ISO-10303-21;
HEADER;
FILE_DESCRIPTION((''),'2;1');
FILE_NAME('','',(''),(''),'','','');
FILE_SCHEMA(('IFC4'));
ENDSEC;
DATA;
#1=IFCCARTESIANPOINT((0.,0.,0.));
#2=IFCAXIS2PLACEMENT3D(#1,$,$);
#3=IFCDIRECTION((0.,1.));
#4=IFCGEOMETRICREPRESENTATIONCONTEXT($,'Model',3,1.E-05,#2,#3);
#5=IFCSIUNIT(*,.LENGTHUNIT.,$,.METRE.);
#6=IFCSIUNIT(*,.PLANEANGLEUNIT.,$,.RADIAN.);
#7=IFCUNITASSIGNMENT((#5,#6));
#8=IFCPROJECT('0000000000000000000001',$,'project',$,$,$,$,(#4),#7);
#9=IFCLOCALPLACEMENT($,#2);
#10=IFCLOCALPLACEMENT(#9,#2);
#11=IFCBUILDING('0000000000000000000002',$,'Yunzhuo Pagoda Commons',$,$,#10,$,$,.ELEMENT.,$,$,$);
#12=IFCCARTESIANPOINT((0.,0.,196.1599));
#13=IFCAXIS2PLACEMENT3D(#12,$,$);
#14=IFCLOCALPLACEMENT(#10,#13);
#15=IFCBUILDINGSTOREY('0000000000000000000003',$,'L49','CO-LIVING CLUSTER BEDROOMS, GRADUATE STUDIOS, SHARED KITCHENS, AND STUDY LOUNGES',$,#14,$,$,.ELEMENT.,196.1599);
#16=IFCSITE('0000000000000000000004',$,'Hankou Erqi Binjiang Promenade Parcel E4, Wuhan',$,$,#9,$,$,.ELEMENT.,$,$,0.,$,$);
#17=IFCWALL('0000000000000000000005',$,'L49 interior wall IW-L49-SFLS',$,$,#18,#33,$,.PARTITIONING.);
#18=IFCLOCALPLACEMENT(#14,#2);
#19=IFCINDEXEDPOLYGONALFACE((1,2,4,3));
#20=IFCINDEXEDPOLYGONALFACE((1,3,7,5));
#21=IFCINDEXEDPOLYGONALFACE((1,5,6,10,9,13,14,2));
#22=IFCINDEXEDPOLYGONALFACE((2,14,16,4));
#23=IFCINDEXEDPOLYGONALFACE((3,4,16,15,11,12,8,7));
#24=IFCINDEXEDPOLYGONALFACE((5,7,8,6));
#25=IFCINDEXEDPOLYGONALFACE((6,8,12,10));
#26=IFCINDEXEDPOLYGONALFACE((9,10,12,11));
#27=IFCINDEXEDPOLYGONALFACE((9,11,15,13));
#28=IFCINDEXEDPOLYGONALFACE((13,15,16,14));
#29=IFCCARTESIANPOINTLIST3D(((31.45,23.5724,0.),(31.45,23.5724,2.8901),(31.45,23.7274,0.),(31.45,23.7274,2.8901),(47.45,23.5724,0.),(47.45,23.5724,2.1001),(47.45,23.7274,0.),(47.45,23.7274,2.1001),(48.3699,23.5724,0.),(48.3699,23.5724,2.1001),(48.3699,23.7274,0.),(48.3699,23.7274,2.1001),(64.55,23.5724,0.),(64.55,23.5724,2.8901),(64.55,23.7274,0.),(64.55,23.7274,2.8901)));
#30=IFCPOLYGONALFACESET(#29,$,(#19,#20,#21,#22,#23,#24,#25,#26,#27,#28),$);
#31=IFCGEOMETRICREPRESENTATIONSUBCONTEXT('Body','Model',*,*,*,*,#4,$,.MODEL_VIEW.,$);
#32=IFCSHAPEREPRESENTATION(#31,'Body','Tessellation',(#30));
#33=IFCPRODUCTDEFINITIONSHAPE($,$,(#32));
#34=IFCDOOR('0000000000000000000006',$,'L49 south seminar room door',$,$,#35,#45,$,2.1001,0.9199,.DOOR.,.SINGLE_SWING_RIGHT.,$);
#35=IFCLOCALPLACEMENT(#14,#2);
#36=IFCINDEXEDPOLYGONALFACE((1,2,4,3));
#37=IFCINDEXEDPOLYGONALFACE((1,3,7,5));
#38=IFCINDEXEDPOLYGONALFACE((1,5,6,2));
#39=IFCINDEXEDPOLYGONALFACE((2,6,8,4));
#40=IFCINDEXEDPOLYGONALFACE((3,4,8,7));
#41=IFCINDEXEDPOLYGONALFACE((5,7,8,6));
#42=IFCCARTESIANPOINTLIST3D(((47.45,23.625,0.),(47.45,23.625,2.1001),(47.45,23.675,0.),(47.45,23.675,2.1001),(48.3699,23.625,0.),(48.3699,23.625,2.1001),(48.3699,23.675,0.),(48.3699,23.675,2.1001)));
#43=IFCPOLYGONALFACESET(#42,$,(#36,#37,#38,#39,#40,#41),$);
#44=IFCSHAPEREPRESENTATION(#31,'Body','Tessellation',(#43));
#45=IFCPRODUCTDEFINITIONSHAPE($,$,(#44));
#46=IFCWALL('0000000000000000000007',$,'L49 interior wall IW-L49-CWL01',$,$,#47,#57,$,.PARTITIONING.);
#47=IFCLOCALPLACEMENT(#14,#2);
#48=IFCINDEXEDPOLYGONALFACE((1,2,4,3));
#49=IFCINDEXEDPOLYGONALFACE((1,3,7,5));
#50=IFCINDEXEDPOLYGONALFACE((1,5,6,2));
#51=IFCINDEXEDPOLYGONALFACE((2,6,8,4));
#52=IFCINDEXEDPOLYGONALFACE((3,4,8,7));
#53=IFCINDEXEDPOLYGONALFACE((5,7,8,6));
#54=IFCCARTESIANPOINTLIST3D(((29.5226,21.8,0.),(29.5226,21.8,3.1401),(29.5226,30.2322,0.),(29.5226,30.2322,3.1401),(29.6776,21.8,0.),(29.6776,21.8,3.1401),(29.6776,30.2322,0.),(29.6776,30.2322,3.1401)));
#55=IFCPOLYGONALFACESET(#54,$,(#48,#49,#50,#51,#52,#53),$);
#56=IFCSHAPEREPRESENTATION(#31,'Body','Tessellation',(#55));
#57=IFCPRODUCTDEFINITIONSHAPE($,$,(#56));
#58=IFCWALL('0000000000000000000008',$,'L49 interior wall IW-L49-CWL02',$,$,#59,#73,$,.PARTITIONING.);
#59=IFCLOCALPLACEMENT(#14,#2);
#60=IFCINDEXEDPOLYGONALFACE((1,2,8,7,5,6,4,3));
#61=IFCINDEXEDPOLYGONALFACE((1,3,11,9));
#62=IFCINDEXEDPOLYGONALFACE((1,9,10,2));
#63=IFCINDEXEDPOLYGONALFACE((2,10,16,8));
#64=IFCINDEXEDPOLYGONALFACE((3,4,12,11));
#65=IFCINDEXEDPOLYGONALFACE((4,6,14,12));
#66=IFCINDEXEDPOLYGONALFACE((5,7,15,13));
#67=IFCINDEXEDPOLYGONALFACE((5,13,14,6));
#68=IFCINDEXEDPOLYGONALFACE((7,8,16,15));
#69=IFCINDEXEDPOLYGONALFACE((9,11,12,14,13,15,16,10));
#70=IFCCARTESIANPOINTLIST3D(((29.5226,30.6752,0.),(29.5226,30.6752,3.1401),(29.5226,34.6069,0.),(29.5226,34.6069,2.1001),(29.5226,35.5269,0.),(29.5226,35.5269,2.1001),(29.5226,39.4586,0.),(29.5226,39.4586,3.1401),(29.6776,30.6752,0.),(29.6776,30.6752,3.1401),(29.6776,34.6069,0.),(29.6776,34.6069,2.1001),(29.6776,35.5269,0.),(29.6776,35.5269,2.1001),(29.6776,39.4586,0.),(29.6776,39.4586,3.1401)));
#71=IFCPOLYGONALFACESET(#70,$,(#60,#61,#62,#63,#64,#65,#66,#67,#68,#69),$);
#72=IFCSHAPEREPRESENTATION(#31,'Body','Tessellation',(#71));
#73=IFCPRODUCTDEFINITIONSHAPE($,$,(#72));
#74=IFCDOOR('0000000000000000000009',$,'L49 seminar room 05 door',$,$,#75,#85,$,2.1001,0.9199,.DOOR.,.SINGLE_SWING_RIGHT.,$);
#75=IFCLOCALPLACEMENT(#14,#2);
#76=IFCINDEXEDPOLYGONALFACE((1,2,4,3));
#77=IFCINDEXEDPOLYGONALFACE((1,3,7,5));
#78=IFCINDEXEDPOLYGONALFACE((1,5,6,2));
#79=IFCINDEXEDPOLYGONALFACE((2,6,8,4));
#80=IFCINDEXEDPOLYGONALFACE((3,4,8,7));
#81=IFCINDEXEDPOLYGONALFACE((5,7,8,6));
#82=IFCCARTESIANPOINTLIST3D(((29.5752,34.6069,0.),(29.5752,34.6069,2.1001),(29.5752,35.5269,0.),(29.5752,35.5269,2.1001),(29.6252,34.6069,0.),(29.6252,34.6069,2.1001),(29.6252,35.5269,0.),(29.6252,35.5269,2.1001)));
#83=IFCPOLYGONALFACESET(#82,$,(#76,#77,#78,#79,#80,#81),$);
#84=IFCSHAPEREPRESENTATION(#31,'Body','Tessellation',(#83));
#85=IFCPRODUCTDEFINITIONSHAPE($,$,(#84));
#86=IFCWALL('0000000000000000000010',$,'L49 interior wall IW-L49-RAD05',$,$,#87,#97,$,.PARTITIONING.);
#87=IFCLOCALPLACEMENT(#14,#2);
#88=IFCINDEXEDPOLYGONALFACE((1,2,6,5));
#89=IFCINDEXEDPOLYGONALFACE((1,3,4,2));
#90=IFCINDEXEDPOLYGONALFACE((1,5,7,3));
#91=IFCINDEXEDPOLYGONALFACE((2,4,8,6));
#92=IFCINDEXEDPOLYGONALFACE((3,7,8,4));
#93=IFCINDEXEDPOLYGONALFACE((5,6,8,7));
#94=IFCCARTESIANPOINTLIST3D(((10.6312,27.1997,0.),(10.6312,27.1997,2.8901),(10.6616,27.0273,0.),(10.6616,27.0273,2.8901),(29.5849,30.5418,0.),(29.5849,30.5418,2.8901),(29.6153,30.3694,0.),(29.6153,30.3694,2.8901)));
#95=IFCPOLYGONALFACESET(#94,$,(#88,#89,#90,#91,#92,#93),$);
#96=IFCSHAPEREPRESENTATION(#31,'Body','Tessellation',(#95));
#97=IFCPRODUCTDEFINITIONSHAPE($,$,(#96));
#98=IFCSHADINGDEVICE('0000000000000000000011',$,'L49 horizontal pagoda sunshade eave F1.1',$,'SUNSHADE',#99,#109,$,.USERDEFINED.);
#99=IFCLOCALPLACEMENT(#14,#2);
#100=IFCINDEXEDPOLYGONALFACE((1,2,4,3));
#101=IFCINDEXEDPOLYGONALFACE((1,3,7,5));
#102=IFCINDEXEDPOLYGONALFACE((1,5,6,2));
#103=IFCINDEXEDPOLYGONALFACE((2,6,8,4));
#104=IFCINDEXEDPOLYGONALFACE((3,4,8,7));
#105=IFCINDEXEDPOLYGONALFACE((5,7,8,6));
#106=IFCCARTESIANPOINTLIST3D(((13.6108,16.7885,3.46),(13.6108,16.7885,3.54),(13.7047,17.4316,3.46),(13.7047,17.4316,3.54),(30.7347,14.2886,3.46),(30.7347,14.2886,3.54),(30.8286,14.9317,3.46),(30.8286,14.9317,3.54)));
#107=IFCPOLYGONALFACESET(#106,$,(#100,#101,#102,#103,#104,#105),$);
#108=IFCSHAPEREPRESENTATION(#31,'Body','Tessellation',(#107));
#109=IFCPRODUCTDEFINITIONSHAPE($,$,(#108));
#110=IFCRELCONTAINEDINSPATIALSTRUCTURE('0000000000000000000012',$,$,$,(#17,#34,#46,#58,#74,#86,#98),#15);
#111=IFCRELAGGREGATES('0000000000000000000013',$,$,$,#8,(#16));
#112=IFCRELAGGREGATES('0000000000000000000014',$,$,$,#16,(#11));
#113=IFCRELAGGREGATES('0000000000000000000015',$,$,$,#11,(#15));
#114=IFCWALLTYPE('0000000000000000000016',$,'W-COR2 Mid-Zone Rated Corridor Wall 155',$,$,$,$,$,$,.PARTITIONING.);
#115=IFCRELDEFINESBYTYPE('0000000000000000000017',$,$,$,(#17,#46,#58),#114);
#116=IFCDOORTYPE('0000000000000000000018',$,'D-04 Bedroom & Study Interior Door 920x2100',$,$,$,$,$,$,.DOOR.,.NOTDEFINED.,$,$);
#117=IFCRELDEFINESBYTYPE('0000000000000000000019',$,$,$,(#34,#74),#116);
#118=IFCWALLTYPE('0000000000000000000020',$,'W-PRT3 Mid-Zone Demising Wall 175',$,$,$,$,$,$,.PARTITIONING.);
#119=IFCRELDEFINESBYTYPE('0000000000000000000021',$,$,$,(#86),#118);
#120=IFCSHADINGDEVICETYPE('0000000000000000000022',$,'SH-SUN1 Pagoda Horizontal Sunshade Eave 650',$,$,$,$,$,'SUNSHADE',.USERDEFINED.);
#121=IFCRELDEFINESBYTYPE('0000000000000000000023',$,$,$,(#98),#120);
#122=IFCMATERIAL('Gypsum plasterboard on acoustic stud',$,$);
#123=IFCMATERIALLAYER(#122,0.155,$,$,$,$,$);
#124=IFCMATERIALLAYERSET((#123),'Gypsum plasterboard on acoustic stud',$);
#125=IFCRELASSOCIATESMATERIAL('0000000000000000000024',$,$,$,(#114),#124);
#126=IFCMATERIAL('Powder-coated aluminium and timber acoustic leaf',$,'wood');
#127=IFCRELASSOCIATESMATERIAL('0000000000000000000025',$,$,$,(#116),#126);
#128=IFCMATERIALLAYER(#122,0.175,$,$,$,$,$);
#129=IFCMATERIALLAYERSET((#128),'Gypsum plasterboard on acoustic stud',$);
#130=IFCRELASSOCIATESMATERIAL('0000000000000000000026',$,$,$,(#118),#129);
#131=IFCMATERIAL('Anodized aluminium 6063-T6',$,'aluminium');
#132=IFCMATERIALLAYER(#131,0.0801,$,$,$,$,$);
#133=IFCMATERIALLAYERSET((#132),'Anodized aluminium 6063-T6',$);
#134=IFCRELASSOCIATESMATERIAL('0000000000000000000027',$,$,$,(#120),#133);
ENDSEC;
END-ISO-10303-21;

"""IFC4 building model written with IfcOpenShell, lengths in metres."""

from ifc_helpers import new_model, si_unit, direction, frame, frame_2d, origin, origin_with_axes, origin_2d, place, context, subcontext, project, spatial, rectangle, extrude, source, transform, mapped, material, layer, layer_set, type_object, element, fill, save


model = new_model("IFC4")

# Units and contexts
model_context = context("Model", 3, precision=1e-05, world=origin(), true_north=direction((0.0, 1.0)))
body_context = subcontext(model_context, "Body", "Model", "MODEL_VIEW")
ifc_project = project(units=[si_unit("LENGTHUNIT", "METRE"), si_unit("PLANEANGLEUNIT", "RADIAN")], contexts=[model_context])

# Site, building, storey
site_placement = place(None, origin())
site = spatial("IfcSite", under=ifc_project, at=site_placement, Name="Hankou Erqi Binjiang Promenade Parcel E4, Wuhan", CompositionType="ELEMENT", RefElevation=0.0)
building_placement = place(site_placement, origin())
building = spatial("IfcBuilding", under=site, at=building_placement, Name="Yunzhuo Pagoda Commons", CompositionType="ELEMENT")
storey_placement = place(building_placement, frame((0.0, 0.0, 196.1599)))
storey = spatial("IfcBuildingStorey", under=building, at=storey_placement, Name="L49", Description="CO-LIVING CLUSTER BEDROOMS, GRADUATE STUDIOS, SHARED KITCHENS, AND STUDY LOUNGES", CompositionType="ELEMENT", Elevation=196.1599)

# Shared definitions
ifc_material_1 = material(Name="Anodized aluminium 6063-T6", Category="aluminium")

# Wall, opening, door
ifc_material_2 = material(Name="Gypsum plasterboard on acoustic stud")
ifc_layer_1 = layer(ifc_material_2, 0.155)
ifc_layer_set_1 = layer_set([ifc_layer_1], Name="Gypsum plasterboard on acoustic stud")
wall_type_1 = type_object("IfcWallType", Name="W-COR2 Mid-Zone Rated Corridor Wall 155", PredefinedType="PARTITIONING", material=ifc_layer_set_1)
ifc_material_3 = material(Name="Powder-coated aluminium and timber acoustic leaf", Category="wood")
wall_1_placement = place(storey_placement, frame((31.45, 23.6499, 0.0), z_axis=(0.0, 0.0, 1.0), x_axis=(1.0, 0.0, 0.0)))
wall_1 = element("IfcWall", 1, at=wall_1_placement, inside=storey, type_object=wall_type_1, Name="L49 interior wall IW-L49-SFLS", PredefinedType="PARTITIONING", context=body_context, shape_type="SweptSolid", body=[
    extrude(rectangle(XDim=33.1001, YDim=0.155, at=frame_2d((16.55, 0.0))), origin(), (0.0, 0.0, 1.0), 2.8901),
])
opening_1_placement = place(wall_1_placement, frame((16.0, 0.0, 0.0)))
opening_1 = element("IfcOpeningElement", 2, at=opening_1_placement, cuts=wall_1, PredefinedType="OPENING", context=body_context, shape_type="SweptSolid", body=[
    extrude(rectangle(XDim=0.9199, YDim=2.1001, at=frame_2d((0.46, 1.05))), frame((0.0, 0.0874, 0.0), z_axis=(0.0, -1.0, 0.0), x_axis=(1.0, 0.0, 0.0)), (0.0, 0.0, 1.0), 0.175),
])
door_type_1 = type_object("IfcDoorType", Name="D-04 Bedroom & Study Interior Door 920x2100", OperationType="NOTDEFINED", PredefinedType="DOOR", material=ifc_material_3)
shared_shape_1 = source(origin(), body_context, "Body", "SweptSolid", [
    extrude(rectangle(XDim=0.9199, YDim=2.1001, at=frame_2d((0.46, 1.05))), frame((0.0, 0.0249, 0.0), z_axis=(0.0, -1.0, 0.0), x_axis=(1.0, 0.0, 0.0)), (0.0, 0.0, 1.0), 0.05),
])
door_1_placement = place(opening_1_placement, frame((0.9199, 0.0, 0.0), z_axis=(0.0, 0.0, 1.0), x_axis=(-1.0, 0.0, 0.0)))
door_1 = element("IfcDoor", 3, at=door_1_placement, inside=storey, type_object=door_type_1, Name="L49 south seminar room door", OperationType="SINGLE_SWING_RIGHT", OverallHeight=2.1001, OverallWidth=0.9199, PredefinedType="DOOR", context=body_context, shape_type="MappedRepresentation", body=[
    mapped(shared_shape_1, transform((0.0, 0.0, 0.0), scale=1.0)),
])
fill(opening_1, door_1)

# Wall
wall_2_placement = place(storey_placement, frame((29.6001, 21.8, 0.0), z_axis=(0.0, 0.0, 1.0), x_axis=(0.0, 1.0, 0.0)))
element("IfcWall", 4, at=wall_2_placement, inside=storey, type_object=wall_type_1, Name="L49 interior wall IW-L49-CWL01", PredefinedType="PARTITIONING", context=body_context, shape_type="SweptSolid", body=[
    extrude(rectangle(XDim=8.4321, YDim=0.155, at=frame_2d((4.2161, 0.0))), origin(), (0.0, 0.0, 1.0), 3.1401),
])

# Wall, opening, door
wall_3_placement = place(storey_placement, frame((29.6001, 30.6753, 0.0), z_axis=(0.0, 0.0, 1.0), x_axis=(0.0, 1.0, 0.0)))
wall_3 = element("IfcWall", 5, at=wall_3_placement, inside=storey, type_object=wall_type_1, Name="L49 interior wall IW-L49-CWL02", PredefinedType="PARTITIONING", context=body_context, shape_type="SweptSolid", body=[
    extrude(rectangle(XDim=8.7834, YDim=0.155, at=frame_2d((4.3916, 0.0))), origin(), (0.0, 0.0, 1.0), 3.1401),
])
opening_2_placement = place(wall_3_placement, frame((3.9316, 0.0, 0.0)))
opening_2 = element("IfcOpeningElement", 6, at=opening_2_placement, cuts=wall_3, PredefinedType="OPENING", context=body_context, shape_type="SweptSolid", body=[
    extrude(rectangle(XDim=0.9199, YDim=2.1001, at=frame_2d((0.46, 1.05))), frame((0.0, 0.0874, 0.0), z_axis=(0.0, -1.0, 0.0), x_axis=(1.0, 0.0, 0.0)), (0.0, 0.0, 1.0), 0.175),
])
door_2_placement = place(opening_2_placement, origin_with_axes())
door_2 = element("IfcDoor", 7, at=door_2_placement, inside=storey, type_object=door_type_1, Name="L49 seminar room 05 door", OperationType="SINGLE_SWING_RIGHT", OverallHeight=2.1001, OverallWidth=0.9199, PredefinedType="DOOR", context=body_context, shape_type="MappedRepresentation", body=[
    mapped(shared_shape_1, transform((0.0, 0.0, 0.0), scale=1.0)),
])
fill(opening_2, door_2)

# Wall
ifc_layer_2 = layer(ifc_material_2, 0.175)
ifc_layer_set_2 = layer_set([ifc_layer_2], Name="Gypsum plasterboard on acoustic stud")
wall_type_2 = type_object("IfcWallType", Name="W-PRT3 Mid-Zone Demising Wall 175", PredefinedType="PARTITIONING", material=ifc_layer_set_2)
wall_4_placement = place(storey_placement, frame((29.6001, 30.4556, 0.0), z_axis=(0.0, 0.0, 1.0), x_axis=(-0.984808, -0.173649, 0.0)))
element("IfcWall", 8, at=wall_4_placement, inside=storey, type_object=wall_type_2, Name="L49 interior wall IW-L49-RAD05", PredefinedType="PARTITIONING", context=body_context, shape_type="SweptSolid", body=[
    extrude(rectangle(XDim=19.2461, YDim=0.175, at=frame_2d((9.623, 0.0))), origin(), (0.0, 0.0, 1.0), 2.8901),
])

# Shading device
ifc_layer_3 = layer(ifc_material_1, 0.0801)
ifc_layer_set_3 = layer_set([ifc_layer_3], Name="Anodized aluminium 6063-T6")
shading_device_type = type_object("IfcShadingDeviceType", Name="SH-SUN1 Pagoda Horizontal Sunshade Eave 650", ElementType="SUNSHADE", PredefinedType="USERDEFINED", material=ifc_layer_set_3)
shared_shape_2 = source(origin(), body_context, "Body", "SweptSolid", [
    extrude(rectangle(XDim=17.3054, YDim=0.6499, at=origin_2d()), origin(), (0.0, 0.0, 1.0), 0.0801),
])
shading_device_placement = place(storey_placement, frame((22.2197, 15.8601, 3.46), z_axis=(0.0, 0.0, 1.0), x_axis=(0.989511, -0.14446, 0.0)))
element("IfcShadingDevice", 9, at=shading_device_placement, inside=storey, type_object=shading_device_type, Name="L49 horizontal pagoda sunshade eave F1.1", ObjectType="SUNSHADE", PredefinedType="USERDEFINED", context=body_context, shape_type="MappedRepresentation", body=[
    mapped(shared_shape_2, transform((0.0, 0.0, 0.0), scale=1.0)),
])

save(model, "model.ifc")
